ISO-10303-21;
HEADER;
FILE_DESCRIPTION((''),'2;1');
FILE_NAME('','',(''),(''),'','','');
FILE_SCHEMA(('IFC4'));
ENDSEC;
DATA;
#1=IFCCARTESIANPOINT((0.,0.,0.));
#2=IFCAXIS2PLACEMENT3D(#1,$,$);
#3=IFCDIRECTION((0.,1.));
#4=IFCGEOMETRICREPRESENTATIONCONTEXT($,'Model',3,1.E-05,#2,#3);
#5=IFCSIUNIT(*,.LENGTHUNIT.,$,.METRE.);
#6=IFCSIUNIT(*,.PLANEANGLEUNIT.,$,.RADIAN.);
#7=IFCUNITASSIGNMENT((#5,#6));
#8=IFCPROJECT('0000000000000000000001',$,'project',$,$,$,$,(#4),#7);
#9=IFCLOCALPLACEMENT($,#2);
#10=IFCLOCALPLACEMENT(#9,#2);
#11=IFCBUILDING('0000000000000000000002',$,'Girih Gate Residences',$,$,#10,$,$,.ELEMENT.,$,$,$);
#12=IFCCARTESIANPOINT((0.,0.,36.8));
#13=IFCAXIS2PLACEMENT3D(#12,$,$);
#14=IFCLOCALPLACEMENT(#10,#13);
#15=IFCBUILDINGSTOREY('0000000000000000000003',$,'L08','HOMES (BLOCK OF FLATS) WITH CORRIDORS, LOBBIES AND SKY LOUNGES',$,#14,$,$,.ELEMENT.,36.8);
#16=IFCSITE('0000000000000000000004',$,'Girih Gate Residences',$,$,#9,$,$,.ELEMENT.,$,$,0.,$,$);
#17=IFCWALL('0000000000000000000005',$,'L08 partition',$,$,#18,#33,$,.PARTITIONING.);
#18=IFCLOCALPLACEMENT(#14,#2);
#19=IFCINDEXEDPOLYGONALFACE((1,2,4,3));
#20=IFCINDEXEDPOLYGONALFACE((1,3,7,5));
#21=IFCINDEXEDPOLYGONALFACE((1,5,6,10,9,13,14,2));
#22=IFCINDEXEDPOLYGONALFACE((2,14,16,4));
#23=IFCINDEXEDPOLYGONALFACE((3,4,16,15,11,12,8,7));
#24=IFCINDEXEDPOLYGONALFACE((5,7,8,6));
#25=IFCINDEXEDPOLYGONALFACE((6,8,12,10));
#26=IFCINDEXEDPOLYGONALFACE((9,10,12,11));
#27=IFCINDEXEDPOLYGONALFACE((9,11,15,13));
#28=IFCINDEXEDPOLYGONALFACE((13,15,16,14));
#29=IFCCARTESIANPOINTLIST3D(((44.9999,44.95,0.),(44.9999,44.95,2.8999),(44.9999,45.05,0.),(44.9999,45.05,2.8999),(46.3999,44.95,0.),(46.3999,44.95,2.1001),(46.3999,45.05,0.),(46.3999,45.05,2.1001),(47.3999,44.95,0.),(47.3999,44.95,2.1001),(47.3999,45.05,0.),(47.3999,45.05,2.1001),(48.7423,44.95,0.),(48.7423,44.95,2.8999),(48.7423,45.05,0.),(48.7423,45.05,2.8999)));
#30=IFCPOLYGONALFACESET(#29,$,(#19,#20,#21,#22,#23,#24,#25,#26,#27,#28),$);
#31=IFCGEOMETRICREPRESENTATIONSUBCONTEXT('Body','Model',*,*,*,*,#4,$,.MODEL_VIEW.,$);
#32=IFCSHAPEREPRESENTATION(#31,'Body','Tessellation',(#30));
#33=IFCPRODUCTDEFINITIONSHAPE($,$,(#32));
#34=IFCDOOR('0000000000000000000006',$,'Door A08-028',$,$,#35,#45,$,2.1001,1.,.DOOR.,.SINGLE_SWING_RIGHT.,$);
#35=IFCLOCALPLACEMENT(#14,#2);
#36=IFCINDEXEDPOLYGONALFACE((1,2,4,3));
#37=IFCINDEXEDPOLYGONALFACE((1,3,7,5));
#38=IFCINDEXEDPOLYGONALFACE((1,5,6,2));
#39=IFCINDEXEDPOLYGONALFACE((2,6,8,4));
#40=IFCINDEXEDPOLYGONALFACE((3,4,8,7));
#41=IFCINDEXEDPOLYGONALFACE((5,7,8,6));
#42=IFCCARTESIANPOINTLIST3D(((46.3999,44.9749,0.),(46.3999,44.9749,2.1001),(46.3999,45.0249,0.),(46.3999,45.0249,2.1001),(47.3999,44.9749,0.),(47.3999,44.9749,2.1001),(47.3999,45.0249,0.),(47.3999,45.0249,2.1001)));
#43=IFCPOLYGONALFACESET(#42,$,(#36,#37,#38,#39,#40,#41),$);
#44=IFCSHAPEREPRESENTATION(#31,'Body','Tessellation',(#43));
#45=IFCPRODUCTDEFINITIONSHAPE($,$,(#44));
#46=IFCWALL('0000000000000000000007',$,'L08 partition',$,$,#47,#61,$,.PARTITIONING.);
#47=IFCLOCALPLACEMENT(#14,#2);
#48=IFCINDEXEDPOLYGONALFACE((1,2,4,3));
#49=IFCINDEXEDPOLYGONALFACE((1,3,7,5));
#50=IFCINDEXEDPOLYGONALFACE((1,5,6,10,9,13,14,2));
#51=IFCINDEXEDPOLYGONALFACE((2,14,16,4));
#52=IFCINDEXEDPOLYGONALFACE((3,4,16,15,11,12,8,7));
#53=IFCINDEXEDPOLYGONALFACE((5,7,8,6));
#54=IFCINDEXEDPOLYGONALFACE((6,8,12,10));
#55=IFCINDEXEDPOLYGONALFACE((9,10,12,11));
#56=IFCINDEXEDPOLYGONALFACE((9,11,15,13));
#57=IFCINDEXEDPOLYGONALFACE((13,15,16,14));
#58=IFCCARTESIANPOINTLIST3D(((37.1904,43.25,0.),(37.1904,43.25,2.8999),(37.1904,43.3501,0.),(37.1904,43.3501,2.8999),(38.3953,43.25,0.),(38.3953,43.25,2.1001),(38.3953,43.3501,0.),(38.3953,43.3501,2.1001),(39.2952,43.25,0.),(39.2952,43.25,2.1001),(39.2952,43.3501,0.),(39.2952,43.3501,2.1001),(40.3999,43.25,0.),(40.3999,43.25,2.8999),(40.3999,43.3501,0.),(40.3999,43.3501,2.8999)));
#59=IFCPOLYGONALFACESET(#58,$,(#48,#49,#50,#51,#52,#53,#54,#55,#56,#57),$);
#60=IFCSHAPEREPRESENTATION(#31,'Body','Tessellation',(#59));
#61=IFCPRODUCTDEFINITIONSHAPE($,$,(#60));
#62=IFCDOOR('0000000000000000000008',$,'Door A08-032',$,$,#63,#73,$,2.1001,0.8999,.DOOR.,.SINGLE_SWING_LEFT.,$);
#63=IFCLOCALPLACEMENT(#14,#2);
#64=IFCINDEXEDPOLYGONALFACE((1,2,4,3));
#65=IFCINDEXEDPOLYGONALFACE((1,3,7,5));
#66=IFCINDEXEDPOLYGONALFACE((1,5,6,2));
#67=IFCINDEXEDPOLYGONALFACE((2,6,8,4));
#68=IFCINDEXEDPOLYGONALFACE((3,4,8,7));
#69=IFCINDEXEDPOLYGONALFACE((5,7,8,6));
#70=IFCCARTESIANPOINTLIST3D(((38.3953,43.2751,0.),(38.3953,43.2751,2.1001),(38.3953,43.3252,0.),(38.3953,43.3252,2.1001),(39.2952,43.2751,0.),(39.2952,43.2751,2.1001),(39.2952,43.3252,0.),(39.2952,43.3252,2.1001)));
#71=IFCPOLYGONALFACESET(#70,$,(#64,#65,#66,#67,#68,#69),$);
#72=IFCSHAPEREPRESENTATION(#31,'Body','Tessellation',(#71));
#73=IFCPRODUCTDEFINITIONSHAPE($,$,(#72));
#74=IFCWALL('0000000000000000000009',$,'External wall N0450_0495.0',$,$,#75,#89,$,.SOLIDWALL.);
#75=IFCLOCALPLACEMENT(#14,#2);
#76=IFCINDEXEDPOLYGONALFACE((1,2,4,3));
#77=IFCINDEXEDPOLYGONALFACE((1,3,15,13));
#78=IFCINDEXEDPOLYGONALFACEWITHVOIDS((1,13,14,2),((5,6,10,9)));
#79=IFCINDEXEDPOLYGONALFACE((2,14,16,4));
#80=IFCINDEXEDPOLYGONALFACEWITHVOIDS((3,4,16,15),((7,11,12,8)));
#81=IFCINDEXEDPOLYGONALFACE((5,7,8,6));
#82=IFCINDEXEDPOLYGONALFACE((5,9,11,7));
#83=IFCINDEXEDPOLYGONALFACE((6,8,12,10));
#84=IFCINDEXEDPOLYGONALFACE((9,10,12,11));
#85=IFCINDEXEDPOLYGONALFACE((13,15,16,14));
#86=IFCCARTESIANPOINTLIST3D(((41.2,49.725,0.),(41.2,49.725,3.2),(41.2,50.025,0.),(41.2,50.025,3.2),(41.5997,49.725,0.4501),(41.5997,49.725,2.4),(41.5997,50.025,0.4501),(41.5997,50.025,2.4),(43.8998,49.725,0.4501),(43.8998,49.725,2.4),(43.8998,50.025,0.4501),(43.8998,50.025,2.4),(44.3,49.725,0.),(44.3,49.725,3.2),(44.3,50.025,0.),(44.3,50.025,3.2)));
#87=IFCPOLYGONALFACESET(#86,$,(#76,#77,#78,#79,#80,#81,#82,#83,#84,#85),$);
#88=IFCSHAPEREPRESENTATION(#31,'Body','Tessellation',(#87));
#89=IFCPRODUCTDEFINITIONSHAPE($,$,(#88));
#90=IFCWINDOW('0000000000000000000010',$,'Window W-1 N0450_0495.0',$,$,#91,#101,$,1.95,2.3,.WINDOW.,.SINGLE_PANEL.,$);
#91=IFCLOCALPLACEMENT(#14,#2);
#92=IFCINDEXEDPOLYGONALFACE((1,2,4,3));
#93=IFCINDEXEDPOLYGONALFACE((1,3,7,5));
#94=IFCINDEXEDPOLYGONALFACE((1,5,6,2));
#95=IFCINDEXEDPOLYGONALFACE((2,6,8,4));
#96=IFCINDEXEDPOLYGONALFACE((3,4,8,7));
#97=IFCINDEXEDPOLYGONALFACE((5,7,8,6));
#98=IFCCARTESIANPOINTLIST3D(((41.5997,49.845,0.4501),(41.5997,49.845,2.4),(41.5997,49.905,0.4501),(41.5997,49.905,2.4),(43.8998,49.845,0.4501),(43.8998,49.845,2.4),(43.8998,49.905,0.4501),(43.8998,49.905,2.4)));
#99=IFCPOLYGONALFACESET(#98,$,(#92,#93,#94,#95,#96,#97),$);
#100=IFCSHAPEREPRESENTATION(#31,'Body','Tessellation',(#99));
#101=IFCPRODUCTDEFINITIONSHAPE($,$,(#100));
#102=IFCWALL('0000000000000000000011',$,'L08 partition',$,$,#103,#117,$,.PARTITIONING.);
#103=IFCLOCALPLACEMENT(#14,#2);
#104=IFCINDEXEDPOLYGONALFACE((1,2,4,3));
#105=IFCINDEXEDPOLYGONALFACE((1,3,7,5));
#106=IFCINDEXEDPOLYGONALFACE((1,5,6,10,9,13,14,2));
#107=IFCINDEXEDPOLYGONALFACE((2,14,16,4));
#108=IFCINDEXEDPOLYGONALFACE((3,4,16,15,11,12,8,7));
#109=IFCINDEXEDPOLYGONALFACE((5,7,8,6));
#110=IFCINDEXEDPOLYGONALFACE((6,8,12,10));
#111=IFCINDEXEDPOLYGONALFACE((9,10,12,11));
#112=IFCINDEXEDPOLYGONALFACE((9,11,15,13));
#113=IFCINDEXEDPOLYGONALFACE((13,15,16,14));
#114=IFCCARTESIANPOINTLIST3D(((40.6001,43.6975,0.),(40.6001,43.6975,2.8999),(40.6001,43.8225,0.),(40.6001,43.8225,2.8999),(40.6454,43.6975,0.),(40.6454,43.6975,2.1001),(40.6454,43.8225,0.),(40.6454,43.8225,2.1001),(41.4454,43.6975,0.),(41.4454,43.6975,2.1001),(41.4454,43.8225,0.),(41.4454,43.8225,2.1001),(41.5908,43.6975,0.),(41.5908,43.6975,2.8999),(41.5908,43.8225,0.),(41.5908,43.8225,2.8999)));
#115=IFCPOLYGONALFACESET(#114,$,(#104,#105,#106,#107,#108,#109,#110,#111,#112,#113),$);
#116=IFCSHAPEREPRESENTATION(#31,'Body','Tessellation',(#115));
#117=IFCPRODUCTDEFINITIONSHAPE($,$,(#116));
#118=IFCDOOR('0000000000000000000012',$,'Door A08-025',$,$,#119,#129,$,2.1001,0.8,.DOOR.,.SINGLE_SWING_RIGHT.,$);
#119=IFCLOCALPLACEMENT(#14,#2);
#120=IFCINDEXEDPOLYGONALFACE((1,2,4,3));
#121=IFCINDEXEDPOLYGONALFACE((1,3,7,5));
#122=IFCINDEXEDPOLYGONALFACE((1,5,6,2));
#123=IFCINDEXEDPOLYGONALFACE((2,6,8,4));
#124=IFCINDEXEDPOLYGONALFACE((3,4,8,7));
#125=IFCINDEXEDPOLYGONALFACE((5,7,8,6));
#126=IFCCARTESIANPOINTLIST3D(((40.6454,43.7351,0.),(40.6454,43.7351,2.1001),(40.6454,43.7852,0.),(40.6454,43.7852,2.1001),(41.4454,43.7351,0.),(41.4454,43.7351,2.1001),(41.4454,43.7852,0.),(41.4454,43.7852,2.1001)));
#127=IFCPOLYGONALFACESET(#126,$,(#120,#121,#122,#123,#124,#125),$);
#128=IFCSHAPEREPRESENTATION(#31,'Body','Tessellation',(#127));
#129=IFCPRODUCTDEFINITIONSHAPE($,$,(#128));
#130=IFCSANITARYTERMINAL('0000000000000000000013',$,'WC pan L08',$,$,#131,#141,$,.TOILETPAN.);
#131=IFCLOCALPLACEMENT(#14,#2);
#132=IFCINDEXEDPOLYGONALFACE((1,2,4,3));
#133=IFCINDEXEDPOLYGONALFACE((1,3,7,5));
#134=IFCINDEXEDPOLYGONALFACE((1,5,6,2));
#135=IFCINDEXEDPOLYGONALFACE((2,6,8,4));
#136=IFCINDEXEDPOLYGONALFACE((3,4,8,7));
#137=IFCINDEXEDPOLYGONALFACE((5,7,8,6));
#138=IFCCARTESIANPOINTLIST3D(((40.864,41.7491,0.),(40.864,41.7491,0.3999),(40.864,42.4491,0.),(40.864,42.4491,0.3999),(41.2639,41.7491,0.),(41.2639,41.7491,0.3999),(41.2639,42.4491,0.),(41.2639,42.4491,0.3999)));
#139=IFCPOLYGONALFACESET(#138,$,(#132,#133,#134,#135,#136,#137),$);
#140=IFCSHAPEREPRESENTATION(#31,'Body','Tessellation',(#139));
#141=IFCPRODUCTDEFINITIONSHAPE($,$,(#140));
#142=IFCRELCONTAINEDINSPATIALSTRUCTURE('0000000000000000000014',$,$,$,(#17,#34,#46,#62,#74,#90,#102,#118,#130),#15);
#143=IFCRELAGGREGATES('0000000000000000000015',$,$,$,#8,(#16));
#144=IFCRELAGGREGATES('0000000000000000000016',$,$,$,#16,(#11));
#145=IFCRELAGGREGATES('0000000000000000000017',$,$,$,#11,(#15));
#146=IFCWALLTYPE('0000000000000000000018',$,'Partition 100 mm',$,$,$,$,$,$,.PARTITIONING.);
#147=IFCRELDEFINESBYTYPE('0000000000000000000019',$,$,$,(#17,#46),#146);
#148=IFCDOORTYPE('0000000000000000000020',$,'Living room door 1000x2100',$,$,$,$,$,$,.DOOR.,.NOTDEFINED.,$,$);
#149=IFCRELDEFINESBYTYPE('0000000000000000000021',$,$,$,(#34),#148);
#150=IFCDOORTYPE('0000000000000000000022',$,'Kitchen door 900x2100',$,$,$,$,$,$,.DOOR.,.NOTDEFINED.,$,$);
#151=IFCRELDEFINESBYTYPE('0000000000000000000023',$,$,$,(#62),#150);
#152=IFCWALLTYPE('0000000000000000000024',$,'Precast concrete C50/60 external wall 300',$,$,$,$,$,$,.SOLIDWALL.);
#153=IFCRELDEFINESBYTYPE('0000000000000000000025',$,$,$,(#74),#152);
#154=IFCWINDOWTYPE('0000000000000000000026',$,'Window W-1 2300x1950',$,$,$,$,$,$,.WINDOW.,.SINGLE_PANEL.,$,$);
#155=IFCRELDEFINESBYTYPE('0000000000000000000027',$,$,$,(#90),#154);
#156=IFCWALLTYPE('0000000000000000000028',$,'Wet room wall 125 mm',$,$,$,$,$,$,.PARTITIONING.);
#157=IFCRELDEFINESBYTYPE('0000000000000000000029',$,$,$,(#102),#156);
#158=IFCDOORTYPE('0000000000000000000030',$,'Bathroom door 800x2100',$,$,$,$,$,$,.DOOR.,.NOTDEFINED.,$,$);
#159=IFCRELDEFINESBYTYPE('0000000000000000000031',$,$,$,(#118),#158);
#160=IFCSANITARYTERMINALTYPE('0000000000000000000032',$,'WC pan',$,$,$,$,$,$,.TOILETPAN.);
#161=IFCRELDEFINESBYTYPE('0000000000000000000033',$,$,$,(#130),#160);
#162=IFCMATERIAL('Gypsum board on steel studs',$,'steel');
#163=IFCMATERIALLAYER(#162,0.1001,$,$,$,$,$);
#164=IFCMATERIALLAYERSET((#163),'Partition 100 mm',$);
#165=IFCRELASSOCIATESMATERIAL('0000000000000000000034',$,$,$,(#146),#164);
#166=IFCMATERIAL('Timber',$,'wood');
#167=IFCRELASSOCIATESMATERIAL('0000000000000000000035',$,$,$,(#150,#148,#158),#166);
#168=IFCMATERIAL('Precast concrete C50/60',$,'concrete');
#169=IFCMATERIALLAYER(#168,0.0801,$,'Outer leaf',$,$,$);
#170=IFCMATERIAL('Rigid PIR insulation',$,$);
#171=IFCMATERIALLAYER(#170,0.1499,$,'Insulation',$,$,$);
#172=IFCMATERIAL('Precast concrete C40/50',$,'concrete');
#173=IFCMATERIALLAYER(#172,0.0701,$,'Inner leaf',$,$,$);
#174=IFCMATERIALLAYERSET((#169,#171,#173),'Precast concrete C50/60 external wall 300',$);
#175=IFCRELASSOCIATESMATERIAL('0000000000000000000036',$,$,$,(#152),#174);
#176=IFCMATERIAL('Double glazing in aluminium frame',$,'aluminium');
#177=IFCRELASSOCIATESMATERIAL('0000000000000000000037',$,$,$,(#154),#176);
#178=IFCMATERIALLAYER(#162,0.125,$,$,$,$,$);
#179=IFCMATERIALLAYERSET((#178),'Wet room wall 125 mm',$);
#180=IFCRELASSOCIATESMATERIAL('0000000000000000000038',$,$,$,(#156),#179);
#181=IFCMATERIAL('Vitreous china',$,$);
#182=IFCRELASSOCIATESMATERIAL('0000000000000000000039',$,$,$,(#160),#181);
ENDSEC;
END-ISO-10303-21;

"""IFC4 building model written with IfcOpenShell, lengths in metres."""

from ifc_helpers import new_model, si_unit, direction, frame, frame_2d, origin, origin_2d, place, context, subcontext, project, spatial, rectangle, extrude, material, layer, layer_set, type_object, element, fill, save


model = new_model("IFC4")

# Units and contexts
model_context = context("Model", 3, precision=1e-05, world=origin(), true_north=direction((0.0, 1.0)))
body_context = subcontext(model_context, "Body", "Model", "MODEL_VIEW")
ifc_project = project(units=[si_unit("LENGTHUNIT", "METRE"), si_unit("PLANEANGLEUNIT", "RADIAN")], contexts=[model_context])

# Site, building, storey
site_placement = place(None, origin())
site = spatial("IfcSite", under=ifc_project, at=site_placement, Name="Girih Gate Residences", CompositionType="ELEMENT", RefElevation=0.0)
building_placement = place(site_placement, origin())
building = spatial("IfcBuilding", under=site, at=building_placement, Name="Girih Gate Residences", CompositionType="ELEMENT")
storey_placement = place(building_placement, frame((0.0, 0.0, 36.8)))
storey = spatial("IfcBuildingStorey", under=building, at=storey_placement, Name="L08", Description="HOMES (BLOCK OF FLATS) WITH CORRIDORS, LOBBIES AND SKY LOUNGES", CompositionType="ELEMENT", Elevation=36.8)

# Shared definitions
ifc_material_1 = material(Name="Gypsum board on steel studs", Category="steel")
ifc_layer_1 = layer(ifc_material_1, 0.1001)
ifc_layer_set_1 = layer_set([ifc_layer_1], Name="Partition 100 mm")
wall_type_1 = type_object("IfcWallType", Name="Partition 100 mm", PredefinedType="PARTITIONING", material=ifc_layer_set_1)
ifc_material_2 = material(Name="Timber", Category="wood")

# Walls, openings, doors
door_type_1 = type_object("IfcDoorType", Name="Kitchen door 900x2100", OperationType="NOTDEFINED", PredefinedType="DOOR", material=ifc_material_2)
wall_1_placement = place(storey_placement, frame((45.0, 45.0, 0.0), z_axis=(0.0, 0.0, 1.0), x_axis=(1.0, 0.0, 0.0)))
wall_1 = element("IfcWall", 1, at=wall_1_placement, inside=storey, type_object=wall_type_1, Name="L08 partition", PredefinedType="PARTITIONING", context=body_context, shape_type="SweptSolid", body=[
    extrude(rectangle(XDim=3.7424, YDim=0.1001, at=frame_2d((1.8711, 0.0))), origin(), (0.0, 0.0, 1.0), 2.8999),
])
opening_1_placement = place(wall_1_placement, frame((1.3999, 0.0, 0.0)))
opening_1 = element("IfcOpeningElement", 2, at=opening_1_placement, cuts=wall_1, PredefinedType="OPENING", context=body_context, shape_type="SweptSolid", body=[
    extrude(rectangle(XDim=1.0, YDim=2.1001, at=frame_2d((0.5, 1.05))), frame((0.0, 0.0601, 0.0), z_axis=(0.0, -1.0, 0.0), x_axis=(1.0, 0.0, 0.0)), (0.0, 0.0, 1.0), 0.1201),
])
door_type_2 = type_object("IfcDoorType", Name="Living room door 1000x2100", OperationType="NOTDEFINED", PredefinedType="DOOR", material=ifc_material_2)
door_1_placement = place(opening_1_placement, origin())
door_1 = element("IfcDoor", 3, at=door_1_placement, inside=storey, type_object=door_type_2, Name="Door A08-028", OperationType="SINGLE_SWING_RIGHT", OverallHeight=2.1001, OverallWidth=1.0, PredefinedType="DOOR", context=body_context, shape_type="SweptSolid", body=[
    extrude(rectangle(XDim=1.0, YDim=2.1001, at=frame_2d((0.5, 1.05))), frame((0.0, 0.0249, 0.0), z_axis=(0.0, -1.0, 0.0), x_axis=(1.0, 0.0, 0.0)), (0.0, 0.0, 1.0), 0.05),
])
fill(opening_1, door_1)
wall_2_placement = place(storey_placement, frame((40.3999, 43.3, 0.0), z_axis=(0.0, 0.0, 1.0), x_axis=(-1.0, 0.0, 0.0)))
wall_2 = element("IfcWall", 4, at=wall_2_placement, inside=storey, type_object=wall_type_1, Name="L08 partition", PredefinedType="PARTITIONING", context=body_context, shape_type="SweptSolid", body=[
    extrude(rectangle(XDim=3.2095, YDim=0.1001, at=frame_2d((1.6047, 0.0))), origin(), (0.0, 0.0, 1.0), 2.8999),
])
opening_2_placement = place(wall_2_placement, frame((1.1047, 0.0, 0.0)))
opening_2 = element("IfcOpeningElement", 5, at=opening_2_placement, cuts=wall_2, PredefinedType="OPENING", context=body_context, shape_type="SweptSolid", body=[
    extrude(rectangle(XDim=0.8999, YDim=2.1001, at=frame_2d((0.45, 1.05))), frame((0.0, 0.0601, 0.0), z_axis=(0.0, -1.0, 0.0), x_axis=(1.0, 0.0, 0.0)), (0.0, 0.0, 1.0), 0.1201),
])
door_2_placement = place(opening_2_placement, origin())
door_2 = element("IfcDoor", 6, at=door_2_placement, inside=storey, type_object=door_type_1, Name="Door A08-032", OperationType="SINGLE_SWING_LEFT", OverallHeight=2.1001, OverallWidth=0.8999, PredefinedType="DOOR", context=body_context, shape_type="SweptSolid", body=[
    extrude(rectangle(XDim=0.8999, YDim=2.1001, at=frame_2d((0.45, 1.05))), frame((0.0, 0.0249, 0.0), z_axis=(0.0, -1.0, 0.0), x_axis=(1.0, 0.0, 0.0)), (0.0, 0.0, 1.0), 0.05),
])
fill(opening_2, door_2)

# Wall, opening, window
ifc_material_3 = material(Name="Precast concrete C50/60", Category="concrete")
ifc_layer_2 = layer(ifc_material_3, 0.0801, Name="Outer leaf")
ifc_material_4 = material(Name="Rigid PIR insulation")
ifc_layer_3 = layer(ifc_material_4, 0.1499, Name="Insulation")
ifc_material_5 = material(Name="Precast concrete C40/50", Category="concrete")
ifc_layer_4 = layer(ifc_material_5, 0.0701, Name="Inner leaf")
ifc_layer_set_2 = layer_set([ifc_layer_2, ifc_layer_3, ifc_layer_4], Name="Precast concrete C50/60 external wall 300")
wall_type_2 = type_object("IfcWallType", Name="Precast concrete C50/60 external wall 300", PredefinedType="SOLIDWALL", material=ifc_layer_set_2)
wall_3_placement = place(storey_placement, frame((41.2, 49.875, 0.0), z_axis=(0.0, 0.0, 1.0), x_axis=(1.0, 0.0, 0.0)))
wall_3 = element("IfcWall", 7, at=wall_3_placement, inside=storey, type_object=wall_type_2, Name="External wall N0450_0495.0", PredefinedType="SOLIDWALL", context=body_context, shape_type="SweptSolid", body=[
    extrude(rectangle(XDim=3.1001, YDim=0.3, at=frame_2d((1.55, 0.0))), origin(), (0.0, 0.0, 1.0), 3.2),
])
opening_3_placement = place(wall_3_placement, frame((0.3999, 0.0, 0.45)))
opening_3 = element("IfcOpeningElement", 8, at=opening_3_placement, cuts=wall_3, PredefinedType="OPENING", context=body_context, shape_type="SweptSolid", body=[
    extrude(rectangle(XDim=2.3, YDim=1.95, at=frame_2d((1.1499, 0.9751))), frame((0.0, 0.1599, 0.0), z_axis=(0.0, -1.0, 0.0), x_axis=(1.0, 0.0, 0.0)), (0.0, 0.0, 1.0), 0.3201),
])
ifc_material_6 = material(Name="Double glazing in aluminium frame", Category="aluminium")
window_type = type_object("IfcWindowType", Name="Window W-1 2300x1950", PartitioningType="SINGLE_PANEL", PredefinedType="WINDOW", material=ifc_material_6)
window_placement = place(opening_3_placement, origin())
window = element("IfcWindow", 9, at=window_placement, inside=storey, type_object=window_type, Name="Window W-1 N0450_0495.0", OverallHeight=1.95, OverallWidth=2.3, PartitioningType="SINGLE_PANEL", PredefinedType="WINDOW", context=body_context, shape_type="SweptSolid", body=[
    extrude(rectangle(XDim=2.3, YDim=1.95, at=frame_2d((1.1499, 0.9751))), frame((0.0, 0.03, 0.0), z_axis=(0.0, -1.0, 0.0), x_axis=(1.0, 0.0, 0.0)), (0.0, 0.0, 1.0), 0.0601),
])
fill(opening_3, window)

# Wall, opening, door
ifc_layer_5 = layer(ifc_material_1, 0.125)
ifc_layer_set_3 = layer_set([ifc_layer_5], Name="Wet room wall 125 mm")
wall_type_3 = type_object("IfcWallType", Name="Wet room wall 125 mm", PredefinedType="PARTITIONING", material=ifc_layer_set_3)
wall_4_placement = place(storey_placement, frame((41.5908, 43.76, 0.0), z_axis=(0.0, 0.0, 1.0), x_axis=(-1.0, 0.0, 0.0)))
wall_4 = element("IfcWall", 10, at=wall_4_placement, inside=storey, type_object=wall_type_3, Name="L08 partition", PredefinedType="PARTITIONING", context=body_context, shape_type="SweptSolid", body=[
    extrude(rectangle(XDim=0.9907, YDim=0.125, at=frame_2d((0.4954, 0.0))), origin(), (0.0, 0.0, 1.0), 2.8999),
])
opening_4_placement = place(wall_4_placement, frame((0.1455, 0.0, 0.0)))
opening_4 = element("IfcOpeningElement", 11, at=opening_4_placement, cuts=wall_4, PredefinedType="OPENING", context=body_context, shape_type="SweptSolid", body=[
    extrude(rectangle(XDim=0.8, YDim=2.1001, at=frame_2d((0.3999, 1.05))), frame((0.0, 0.0725, 0.0), z_axis=(0.0, -1.0, 0.0), x_axis=(1.0, 0.0, 0.0)), (0.0, 0.0, 1.0), 0.145),
])
door_type_3 = type_object("IfcDoorType", Name="Bathroom door 800x2100", OperationType="NOTDEFINED", PredefinedType="DOOR", material=ifc_material_2)
door_3_placement = place(opening_4_placement, origin())
door_3 = element("IfcDoor", 12, at=door_3_placement, inside=storey, type_object=door_type_3, Name="Door A08-025", OperationType="SINGLE_SWING_RIGHT", OverallHeight=2.1001, OverallWidth=0.8, PredefinedType="DOOR", context=body_context, shape_type="SweptSolid", body=[
    extrude(rectangle(XDim=0.8, YDim=2.1001, at=frame_2d((0.3999, 1.05))), frame((0.0, 0.0249, 0.0), z_axis=(0.0, -1.0, 0.0), x_axis=(1.0, 0.0, 0.0)), (0.0, 0.0, 1.0), 0.05),
])
fill(opening_4, door_3)

# Sanitary terminal
ifc_material_7 = material(Name="Vitreous china")
sanitary_terminal_type = type_object("IfcSanitaryTerminalType", Name="WC pan", PredefinedType="TOILETPAN", material=ifc_material_7)
sanitary_terminal_placement = place(storey_placement, frame((41.064, 42.0991, 0.0), z_axis=(0.0, 0.0, 1.0), x_axis=(1.0, 0.0, 0.0)))
element("IfcSanitaryTerminal", 13, at=sanitary_terminal_placement, inside=storey, type_object=sanitary_terminal_type, Name="WC pan L08", PredefinedType="TOILETPAN", context=body_context, shape_type="SweptSolid", body=[
    extrude(rectangle(XDim=0.3999, YDim=0.7, at=origin_2d()), origin(), (0.0, 0.0, 1.0), 0.3999),
])

save(model, "model.ifc")
